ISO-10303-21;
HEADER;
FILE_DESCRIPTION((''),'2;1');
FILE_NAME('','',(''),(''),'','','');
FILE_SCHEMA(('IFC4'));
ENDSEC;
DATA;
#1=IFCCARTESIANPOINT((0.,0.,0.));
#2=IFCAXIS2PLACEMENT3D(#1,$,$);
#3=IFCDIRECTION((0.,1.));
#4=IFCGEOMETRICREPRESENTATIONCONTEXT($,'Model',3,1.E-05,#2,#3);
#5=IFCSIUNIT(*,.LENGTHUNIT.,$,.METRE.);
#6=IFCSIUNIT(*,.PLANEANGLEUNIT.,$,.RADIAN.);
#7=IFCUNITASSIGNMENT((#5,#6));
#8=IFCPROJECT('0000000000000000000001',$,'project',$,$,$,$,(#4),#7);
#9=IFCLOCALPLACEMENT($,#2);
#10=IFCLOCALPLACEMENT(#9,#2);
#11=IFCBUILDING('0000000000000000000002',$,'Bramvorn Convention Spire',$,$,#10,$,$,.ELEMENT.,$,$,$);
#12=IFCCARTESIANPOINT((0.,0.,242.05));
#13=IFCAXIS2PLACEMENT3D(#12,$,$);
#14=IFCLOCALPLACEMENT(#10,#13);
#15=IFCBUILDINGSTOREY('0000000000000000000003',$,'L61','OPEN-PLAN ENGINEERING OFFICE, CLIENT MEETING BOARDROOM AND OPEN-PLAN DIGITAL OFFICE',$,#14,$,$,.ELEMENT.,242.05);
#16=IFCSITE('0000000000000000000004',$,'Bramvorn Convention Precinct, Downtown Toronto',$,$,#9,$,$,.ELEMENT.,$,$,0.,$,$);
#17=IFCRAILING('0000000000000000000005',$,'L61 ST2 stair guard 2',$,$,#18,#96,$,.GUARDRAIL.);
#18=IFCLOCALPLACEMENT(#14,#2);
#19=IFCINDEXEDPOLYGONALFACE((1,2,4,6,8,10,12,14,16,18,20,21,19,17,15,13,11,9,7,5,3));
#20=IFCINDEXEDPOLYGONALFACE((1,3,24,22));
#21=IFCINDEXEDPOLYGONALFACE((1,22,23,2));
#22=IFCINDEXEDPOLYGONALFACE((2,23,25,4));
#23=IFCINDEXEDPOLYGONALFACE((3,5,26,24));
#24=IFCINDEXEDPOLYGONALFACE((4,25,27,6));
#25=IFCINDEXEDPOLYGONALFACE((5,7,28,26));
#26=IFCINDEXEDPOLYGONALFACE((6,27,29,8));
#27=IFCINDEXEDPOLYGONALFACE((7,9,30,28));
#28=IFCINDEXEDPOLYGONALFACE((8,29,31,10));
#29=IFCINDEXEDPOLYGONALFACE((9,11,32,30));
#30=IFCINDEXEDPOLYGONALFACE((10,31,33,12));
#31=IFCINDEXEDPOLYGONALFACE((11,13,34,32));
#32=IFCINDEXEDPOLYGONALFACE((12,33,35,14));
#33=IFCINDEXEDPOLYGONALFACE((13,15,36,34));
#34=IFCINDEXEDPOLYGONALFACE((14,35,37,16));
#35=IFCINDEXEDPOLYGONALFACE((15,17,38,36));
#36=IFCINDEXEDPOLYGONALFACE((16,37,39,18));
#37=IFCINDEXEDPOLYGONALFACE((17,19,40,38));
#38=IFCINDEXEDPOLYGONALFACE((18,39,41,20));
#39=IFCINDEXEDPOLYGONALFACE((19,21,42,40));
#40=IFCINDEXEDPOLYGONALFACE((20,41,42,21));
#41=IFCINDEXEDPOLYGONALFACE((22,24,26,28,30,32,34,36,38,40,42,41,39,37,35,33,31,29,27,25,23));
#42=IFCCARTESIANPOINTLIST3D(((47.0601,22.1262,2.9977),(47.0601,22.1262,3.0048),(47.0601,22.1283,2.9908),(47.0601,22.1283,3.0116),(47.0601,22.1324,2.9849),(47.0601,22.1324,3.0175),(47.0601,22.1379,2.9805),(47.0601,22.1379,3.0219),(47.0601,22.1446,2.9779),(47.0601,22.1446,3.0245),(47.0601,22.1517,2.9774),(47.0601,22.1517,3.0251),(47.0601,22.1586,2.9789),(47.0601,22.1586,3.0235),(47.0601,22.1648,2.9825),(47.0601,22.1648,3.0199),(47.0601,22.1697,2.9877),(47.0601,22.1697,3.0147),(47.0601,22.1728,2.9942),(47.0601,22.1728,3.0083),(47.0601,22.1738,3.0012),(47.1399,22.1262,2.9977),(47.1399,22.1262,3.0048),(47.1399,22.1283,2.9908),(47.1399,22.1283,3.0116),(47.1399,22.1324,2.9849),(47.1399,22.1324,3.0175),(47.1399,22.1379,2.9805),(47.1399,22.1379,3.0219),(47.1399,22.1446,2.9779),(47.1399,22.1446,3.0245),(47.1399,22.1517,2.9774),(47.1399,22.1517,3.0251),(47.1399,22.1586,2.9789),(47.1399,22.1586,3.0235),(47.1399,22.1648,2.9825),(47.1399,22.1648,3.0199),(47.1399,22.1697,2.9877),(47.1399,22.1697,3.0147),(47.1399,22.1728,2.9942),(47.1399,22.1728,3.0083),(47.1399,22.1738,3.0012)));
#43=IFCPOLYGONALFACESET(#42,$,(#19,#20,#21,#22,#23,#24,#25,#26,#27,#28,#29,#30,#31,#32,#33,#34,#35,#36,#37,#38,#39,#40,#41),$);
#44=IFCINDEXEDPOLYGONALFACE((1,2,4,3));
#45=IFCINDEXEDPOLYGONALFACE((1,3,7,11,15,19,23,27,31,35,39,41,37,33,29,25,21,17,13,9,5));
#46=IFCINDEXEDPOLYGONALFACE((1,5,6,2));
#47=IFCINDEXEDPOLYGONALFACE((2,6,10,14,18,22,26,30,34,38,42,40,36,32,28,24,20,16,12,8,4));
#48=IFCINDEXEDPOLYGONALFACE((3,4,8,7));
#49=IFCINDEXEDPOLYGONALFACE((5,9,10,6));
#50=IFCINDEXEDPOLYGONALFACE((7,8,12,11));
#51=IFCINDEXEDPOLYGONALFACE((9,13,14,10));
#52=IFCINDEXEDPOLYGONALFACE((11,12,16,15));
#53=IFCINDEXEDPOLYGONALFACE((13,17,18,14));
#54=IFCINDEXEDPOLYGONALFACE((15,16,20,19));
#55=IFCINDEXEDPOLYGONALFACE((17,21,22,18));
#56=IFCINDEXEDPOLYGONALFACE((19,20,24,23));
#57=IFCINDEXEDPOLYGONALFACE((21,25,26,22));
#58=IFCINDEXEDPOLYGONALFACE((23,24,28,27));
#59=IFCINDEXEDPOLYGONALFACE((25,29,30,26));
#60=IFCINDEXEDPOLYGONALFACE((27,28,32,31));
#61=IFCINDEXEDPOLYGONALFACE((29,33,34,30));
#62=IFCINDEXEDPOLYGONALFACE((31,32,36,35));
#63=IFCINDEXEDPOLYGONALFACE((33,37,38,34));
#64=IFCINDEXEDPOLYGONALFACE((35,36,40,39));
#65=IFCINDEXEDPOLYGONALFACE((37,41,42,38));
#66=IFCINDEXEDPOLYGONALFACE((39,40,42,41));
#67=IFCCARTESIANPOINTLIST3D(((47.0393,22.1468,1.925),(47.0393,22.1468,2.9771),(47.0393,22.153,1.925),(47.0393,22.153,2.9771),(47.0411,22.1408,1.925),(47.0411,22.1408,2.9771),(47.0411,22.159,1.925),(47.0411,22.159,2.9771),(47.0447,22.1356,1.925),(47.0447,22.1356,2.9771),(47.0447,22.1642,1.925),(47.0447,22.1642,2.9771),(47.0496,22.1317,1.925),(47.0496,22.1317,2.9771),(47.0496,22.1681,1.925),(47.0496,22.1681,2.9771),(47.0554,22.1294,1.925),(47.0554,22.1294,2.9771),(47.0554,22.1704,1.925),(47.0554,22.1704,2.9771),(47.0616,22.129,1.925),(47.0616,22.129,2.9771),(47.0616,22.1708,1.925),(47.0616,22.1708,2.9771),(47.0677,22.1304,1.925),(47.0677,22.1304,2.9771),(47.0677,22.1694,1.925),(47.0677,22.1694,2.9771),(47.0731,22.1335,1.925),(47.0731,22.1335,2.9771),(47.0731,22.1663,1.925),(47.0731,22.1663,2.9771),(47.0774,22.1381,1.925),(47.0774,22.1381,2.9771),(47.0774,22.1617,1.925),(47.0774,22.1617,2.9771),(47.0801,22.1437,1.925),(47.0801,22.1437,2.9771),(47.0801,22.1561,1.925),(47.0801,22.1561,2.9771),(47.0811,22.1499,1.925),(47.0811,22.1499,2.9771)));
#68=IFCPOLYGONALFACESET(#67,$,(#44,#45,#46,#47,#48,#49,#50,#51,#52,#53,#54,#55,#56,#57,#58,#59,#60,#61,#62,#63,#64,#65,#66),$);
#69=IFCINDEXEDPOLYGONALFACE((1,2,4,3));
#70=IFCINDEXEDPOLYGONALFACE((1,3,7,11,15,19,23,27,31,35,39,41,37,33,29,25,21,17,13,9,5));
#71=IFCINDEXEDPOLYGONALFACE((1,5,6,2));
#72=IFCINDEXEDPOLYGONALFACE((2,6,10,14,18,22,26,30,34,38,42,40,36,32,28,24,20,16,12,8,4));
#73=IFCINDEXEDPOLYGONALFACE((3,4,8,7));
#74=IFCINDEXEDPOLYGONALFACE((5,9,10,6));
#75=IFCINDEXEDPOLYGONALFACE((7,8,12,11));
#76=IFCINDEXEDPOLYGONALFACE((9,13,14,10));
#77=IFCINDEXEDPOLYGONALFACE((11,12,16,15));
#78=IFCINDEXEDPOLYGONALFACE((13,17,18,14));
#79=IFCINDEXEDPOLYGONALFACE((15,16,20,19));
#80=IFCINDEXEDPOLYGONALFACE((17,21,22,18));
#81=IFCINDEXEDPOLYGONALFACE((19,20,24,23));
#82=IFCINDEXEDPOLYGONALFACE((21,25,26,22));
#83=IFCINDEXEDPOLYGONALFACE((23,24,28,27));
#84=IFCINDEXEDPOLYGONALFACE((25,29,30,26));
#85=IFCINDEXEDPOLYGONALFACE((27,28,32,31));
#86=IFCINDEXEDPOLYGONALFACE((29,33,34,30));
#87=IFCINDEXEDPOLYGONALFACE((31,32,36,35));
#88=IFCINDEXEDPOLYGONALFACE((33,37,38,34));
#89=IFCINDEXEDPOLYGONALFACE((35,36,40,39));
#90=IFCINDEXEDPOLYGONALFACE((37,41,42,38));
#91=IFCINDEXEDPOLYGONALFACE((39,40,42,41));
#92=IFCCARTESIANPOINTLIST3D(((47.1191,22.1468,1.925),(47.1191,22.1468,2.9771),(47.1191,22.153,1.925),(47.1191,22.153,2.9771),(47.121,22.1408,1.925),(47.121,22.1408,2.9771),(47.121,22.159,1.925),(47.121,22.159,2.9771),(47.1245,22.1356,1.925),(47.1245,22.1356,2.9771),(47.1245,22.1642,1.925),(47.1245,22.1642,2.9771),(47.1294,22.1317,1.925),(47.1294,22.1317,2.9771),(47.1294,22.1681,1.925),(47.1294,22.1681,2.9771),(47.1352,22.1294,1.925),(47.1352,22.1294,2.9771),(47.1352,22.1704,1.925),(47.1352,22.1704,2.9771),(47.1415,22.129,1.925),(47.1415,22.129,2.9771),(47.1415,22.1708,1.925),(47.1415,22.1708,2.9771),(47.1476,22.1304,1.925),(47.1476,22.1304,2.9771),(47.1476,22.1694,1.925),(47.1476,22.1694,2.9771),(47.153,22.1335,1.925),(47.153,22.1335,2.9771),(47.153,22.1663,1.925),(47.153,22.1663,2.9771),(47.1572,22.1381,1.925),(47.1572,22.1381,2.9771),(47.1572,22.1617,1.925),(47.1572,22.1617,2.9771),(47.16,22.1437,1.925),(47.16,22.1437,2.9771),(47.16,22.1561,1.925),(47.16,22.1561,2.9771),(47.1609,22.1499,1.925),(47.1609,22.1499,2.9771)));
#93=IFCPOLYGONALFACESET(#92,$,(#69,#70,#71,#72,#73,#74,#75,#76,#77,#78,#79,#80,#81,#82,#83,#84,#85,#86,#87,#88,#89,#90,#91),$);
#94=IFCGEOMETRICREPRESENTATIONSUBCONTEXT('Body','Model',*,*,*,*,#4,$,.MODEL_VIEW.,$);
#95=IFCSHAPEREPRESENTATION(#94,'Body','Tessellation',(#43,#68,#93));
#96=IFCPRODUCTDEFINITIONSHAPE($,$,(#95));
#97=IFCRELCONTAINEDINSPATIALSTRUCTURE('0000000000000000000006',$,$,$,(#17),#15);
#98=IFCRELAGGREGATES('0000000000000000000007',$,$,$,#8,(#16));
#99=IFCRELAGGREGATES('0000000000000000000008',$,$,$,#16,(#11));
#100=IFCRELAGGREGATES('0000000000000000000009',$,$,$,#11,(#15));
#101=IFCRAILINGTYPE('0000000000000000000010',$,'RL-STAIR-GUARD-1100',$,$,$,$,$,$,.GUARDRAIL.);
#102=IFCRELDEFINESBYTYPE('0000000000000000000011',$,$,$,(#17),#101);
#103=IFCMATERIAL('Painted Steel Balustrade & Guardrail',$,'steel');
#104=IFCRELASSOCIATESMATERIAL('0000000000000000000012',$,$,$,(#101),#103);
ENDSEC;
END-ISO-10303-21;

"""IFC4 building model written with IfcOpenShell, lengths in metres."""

from ifc_helpers import new_model, si_unit, direction, frame, origin, origin_2d, place, context, subcontext, project, spatial, circle, extrude, material, type_object, element, save


model = new_model("IFC4")

# Units and contexts
model_context = context("Model", 3, precision=1e-05, world=origin(), true_north=direction((0.0, 1.0)))
body_context = subcontext(model_context, "Body", "Model", "MODEL_VIEW")
ifc_project = project(units=[si_unit("LENGTHUNIT", "METRE"), si_unit("PLANEANGLEUNIT", "RADIAN")], contexts=[model_context])

# Site, building, storey
site_placement = place(None, origin())
site = spatial("IfcSite", under=ifc_project, at=site_placement, Name="Bramvorn Convention Precinct, Downtown Toronto", CompositionType="ELEMENT", RefElevation=0.0)
building_placement = place(site_placement, origin())
building = spatial("IfcBuilding", under=site, at=building_placement, Name="Bramvorn Convention Spire", CompositionType="ELEMENT")
storey_placement = place(building_placement, frame((0.0, 0.0, 242.05)))
storey = spatial("IfcBuildingStorey", under=building, at=storey_placement, Name="L61", Description="OPEN-PLAN ENGINEERING OFFICE, CLIENT MEETING BOARDROOM AND OPEN-PLAN DIGITAL OFFICE", CompositionType="ELEMENT", Elevation=242.05)

# Railing
ifc_material_1 = material(Name="Painted Steel Balustrade & Guardrail", Category="steel")
railing_type_1 = type_object("IfcRailingType", Name="RL-STAIR-GUARD-1100", PredefinedType="GUARDRAIL", material=ifc_material_1)
railing_1_placement = place(storey_placement, frame((47.0601, 22.1499, 1.925)))
element("IfcRailing", 1, at=railing_1_placement, inside=storey, type_object=railing_type_1, Name="L61 ST2 stair guard 2", PredefinedType="GUARDRAIL", context=body_context, shape_type="SweptSolid", body=[
    extrude(circle(Radius=0.0239, at=origin_2d()), frame((0.0, 0.0, 1.0762), z_axis=(1.0, 0.0, 0.0), x_axis=(0.0, 1.0, 0.0)), (0.0, 0.0, 1.0), 0.0798),
    extrude(circle(Radius=0.021, at=origin_2d()), origin(), (0.0, 0.0, 1.0), 1.052),
    extrude(circle(Radius=0.021, at=origin_2d()), frame((0.0798, 0.0, 0.0)), (0.0, 0.0, 1.0), 1.052),
])

save(model, "model.ifc")
